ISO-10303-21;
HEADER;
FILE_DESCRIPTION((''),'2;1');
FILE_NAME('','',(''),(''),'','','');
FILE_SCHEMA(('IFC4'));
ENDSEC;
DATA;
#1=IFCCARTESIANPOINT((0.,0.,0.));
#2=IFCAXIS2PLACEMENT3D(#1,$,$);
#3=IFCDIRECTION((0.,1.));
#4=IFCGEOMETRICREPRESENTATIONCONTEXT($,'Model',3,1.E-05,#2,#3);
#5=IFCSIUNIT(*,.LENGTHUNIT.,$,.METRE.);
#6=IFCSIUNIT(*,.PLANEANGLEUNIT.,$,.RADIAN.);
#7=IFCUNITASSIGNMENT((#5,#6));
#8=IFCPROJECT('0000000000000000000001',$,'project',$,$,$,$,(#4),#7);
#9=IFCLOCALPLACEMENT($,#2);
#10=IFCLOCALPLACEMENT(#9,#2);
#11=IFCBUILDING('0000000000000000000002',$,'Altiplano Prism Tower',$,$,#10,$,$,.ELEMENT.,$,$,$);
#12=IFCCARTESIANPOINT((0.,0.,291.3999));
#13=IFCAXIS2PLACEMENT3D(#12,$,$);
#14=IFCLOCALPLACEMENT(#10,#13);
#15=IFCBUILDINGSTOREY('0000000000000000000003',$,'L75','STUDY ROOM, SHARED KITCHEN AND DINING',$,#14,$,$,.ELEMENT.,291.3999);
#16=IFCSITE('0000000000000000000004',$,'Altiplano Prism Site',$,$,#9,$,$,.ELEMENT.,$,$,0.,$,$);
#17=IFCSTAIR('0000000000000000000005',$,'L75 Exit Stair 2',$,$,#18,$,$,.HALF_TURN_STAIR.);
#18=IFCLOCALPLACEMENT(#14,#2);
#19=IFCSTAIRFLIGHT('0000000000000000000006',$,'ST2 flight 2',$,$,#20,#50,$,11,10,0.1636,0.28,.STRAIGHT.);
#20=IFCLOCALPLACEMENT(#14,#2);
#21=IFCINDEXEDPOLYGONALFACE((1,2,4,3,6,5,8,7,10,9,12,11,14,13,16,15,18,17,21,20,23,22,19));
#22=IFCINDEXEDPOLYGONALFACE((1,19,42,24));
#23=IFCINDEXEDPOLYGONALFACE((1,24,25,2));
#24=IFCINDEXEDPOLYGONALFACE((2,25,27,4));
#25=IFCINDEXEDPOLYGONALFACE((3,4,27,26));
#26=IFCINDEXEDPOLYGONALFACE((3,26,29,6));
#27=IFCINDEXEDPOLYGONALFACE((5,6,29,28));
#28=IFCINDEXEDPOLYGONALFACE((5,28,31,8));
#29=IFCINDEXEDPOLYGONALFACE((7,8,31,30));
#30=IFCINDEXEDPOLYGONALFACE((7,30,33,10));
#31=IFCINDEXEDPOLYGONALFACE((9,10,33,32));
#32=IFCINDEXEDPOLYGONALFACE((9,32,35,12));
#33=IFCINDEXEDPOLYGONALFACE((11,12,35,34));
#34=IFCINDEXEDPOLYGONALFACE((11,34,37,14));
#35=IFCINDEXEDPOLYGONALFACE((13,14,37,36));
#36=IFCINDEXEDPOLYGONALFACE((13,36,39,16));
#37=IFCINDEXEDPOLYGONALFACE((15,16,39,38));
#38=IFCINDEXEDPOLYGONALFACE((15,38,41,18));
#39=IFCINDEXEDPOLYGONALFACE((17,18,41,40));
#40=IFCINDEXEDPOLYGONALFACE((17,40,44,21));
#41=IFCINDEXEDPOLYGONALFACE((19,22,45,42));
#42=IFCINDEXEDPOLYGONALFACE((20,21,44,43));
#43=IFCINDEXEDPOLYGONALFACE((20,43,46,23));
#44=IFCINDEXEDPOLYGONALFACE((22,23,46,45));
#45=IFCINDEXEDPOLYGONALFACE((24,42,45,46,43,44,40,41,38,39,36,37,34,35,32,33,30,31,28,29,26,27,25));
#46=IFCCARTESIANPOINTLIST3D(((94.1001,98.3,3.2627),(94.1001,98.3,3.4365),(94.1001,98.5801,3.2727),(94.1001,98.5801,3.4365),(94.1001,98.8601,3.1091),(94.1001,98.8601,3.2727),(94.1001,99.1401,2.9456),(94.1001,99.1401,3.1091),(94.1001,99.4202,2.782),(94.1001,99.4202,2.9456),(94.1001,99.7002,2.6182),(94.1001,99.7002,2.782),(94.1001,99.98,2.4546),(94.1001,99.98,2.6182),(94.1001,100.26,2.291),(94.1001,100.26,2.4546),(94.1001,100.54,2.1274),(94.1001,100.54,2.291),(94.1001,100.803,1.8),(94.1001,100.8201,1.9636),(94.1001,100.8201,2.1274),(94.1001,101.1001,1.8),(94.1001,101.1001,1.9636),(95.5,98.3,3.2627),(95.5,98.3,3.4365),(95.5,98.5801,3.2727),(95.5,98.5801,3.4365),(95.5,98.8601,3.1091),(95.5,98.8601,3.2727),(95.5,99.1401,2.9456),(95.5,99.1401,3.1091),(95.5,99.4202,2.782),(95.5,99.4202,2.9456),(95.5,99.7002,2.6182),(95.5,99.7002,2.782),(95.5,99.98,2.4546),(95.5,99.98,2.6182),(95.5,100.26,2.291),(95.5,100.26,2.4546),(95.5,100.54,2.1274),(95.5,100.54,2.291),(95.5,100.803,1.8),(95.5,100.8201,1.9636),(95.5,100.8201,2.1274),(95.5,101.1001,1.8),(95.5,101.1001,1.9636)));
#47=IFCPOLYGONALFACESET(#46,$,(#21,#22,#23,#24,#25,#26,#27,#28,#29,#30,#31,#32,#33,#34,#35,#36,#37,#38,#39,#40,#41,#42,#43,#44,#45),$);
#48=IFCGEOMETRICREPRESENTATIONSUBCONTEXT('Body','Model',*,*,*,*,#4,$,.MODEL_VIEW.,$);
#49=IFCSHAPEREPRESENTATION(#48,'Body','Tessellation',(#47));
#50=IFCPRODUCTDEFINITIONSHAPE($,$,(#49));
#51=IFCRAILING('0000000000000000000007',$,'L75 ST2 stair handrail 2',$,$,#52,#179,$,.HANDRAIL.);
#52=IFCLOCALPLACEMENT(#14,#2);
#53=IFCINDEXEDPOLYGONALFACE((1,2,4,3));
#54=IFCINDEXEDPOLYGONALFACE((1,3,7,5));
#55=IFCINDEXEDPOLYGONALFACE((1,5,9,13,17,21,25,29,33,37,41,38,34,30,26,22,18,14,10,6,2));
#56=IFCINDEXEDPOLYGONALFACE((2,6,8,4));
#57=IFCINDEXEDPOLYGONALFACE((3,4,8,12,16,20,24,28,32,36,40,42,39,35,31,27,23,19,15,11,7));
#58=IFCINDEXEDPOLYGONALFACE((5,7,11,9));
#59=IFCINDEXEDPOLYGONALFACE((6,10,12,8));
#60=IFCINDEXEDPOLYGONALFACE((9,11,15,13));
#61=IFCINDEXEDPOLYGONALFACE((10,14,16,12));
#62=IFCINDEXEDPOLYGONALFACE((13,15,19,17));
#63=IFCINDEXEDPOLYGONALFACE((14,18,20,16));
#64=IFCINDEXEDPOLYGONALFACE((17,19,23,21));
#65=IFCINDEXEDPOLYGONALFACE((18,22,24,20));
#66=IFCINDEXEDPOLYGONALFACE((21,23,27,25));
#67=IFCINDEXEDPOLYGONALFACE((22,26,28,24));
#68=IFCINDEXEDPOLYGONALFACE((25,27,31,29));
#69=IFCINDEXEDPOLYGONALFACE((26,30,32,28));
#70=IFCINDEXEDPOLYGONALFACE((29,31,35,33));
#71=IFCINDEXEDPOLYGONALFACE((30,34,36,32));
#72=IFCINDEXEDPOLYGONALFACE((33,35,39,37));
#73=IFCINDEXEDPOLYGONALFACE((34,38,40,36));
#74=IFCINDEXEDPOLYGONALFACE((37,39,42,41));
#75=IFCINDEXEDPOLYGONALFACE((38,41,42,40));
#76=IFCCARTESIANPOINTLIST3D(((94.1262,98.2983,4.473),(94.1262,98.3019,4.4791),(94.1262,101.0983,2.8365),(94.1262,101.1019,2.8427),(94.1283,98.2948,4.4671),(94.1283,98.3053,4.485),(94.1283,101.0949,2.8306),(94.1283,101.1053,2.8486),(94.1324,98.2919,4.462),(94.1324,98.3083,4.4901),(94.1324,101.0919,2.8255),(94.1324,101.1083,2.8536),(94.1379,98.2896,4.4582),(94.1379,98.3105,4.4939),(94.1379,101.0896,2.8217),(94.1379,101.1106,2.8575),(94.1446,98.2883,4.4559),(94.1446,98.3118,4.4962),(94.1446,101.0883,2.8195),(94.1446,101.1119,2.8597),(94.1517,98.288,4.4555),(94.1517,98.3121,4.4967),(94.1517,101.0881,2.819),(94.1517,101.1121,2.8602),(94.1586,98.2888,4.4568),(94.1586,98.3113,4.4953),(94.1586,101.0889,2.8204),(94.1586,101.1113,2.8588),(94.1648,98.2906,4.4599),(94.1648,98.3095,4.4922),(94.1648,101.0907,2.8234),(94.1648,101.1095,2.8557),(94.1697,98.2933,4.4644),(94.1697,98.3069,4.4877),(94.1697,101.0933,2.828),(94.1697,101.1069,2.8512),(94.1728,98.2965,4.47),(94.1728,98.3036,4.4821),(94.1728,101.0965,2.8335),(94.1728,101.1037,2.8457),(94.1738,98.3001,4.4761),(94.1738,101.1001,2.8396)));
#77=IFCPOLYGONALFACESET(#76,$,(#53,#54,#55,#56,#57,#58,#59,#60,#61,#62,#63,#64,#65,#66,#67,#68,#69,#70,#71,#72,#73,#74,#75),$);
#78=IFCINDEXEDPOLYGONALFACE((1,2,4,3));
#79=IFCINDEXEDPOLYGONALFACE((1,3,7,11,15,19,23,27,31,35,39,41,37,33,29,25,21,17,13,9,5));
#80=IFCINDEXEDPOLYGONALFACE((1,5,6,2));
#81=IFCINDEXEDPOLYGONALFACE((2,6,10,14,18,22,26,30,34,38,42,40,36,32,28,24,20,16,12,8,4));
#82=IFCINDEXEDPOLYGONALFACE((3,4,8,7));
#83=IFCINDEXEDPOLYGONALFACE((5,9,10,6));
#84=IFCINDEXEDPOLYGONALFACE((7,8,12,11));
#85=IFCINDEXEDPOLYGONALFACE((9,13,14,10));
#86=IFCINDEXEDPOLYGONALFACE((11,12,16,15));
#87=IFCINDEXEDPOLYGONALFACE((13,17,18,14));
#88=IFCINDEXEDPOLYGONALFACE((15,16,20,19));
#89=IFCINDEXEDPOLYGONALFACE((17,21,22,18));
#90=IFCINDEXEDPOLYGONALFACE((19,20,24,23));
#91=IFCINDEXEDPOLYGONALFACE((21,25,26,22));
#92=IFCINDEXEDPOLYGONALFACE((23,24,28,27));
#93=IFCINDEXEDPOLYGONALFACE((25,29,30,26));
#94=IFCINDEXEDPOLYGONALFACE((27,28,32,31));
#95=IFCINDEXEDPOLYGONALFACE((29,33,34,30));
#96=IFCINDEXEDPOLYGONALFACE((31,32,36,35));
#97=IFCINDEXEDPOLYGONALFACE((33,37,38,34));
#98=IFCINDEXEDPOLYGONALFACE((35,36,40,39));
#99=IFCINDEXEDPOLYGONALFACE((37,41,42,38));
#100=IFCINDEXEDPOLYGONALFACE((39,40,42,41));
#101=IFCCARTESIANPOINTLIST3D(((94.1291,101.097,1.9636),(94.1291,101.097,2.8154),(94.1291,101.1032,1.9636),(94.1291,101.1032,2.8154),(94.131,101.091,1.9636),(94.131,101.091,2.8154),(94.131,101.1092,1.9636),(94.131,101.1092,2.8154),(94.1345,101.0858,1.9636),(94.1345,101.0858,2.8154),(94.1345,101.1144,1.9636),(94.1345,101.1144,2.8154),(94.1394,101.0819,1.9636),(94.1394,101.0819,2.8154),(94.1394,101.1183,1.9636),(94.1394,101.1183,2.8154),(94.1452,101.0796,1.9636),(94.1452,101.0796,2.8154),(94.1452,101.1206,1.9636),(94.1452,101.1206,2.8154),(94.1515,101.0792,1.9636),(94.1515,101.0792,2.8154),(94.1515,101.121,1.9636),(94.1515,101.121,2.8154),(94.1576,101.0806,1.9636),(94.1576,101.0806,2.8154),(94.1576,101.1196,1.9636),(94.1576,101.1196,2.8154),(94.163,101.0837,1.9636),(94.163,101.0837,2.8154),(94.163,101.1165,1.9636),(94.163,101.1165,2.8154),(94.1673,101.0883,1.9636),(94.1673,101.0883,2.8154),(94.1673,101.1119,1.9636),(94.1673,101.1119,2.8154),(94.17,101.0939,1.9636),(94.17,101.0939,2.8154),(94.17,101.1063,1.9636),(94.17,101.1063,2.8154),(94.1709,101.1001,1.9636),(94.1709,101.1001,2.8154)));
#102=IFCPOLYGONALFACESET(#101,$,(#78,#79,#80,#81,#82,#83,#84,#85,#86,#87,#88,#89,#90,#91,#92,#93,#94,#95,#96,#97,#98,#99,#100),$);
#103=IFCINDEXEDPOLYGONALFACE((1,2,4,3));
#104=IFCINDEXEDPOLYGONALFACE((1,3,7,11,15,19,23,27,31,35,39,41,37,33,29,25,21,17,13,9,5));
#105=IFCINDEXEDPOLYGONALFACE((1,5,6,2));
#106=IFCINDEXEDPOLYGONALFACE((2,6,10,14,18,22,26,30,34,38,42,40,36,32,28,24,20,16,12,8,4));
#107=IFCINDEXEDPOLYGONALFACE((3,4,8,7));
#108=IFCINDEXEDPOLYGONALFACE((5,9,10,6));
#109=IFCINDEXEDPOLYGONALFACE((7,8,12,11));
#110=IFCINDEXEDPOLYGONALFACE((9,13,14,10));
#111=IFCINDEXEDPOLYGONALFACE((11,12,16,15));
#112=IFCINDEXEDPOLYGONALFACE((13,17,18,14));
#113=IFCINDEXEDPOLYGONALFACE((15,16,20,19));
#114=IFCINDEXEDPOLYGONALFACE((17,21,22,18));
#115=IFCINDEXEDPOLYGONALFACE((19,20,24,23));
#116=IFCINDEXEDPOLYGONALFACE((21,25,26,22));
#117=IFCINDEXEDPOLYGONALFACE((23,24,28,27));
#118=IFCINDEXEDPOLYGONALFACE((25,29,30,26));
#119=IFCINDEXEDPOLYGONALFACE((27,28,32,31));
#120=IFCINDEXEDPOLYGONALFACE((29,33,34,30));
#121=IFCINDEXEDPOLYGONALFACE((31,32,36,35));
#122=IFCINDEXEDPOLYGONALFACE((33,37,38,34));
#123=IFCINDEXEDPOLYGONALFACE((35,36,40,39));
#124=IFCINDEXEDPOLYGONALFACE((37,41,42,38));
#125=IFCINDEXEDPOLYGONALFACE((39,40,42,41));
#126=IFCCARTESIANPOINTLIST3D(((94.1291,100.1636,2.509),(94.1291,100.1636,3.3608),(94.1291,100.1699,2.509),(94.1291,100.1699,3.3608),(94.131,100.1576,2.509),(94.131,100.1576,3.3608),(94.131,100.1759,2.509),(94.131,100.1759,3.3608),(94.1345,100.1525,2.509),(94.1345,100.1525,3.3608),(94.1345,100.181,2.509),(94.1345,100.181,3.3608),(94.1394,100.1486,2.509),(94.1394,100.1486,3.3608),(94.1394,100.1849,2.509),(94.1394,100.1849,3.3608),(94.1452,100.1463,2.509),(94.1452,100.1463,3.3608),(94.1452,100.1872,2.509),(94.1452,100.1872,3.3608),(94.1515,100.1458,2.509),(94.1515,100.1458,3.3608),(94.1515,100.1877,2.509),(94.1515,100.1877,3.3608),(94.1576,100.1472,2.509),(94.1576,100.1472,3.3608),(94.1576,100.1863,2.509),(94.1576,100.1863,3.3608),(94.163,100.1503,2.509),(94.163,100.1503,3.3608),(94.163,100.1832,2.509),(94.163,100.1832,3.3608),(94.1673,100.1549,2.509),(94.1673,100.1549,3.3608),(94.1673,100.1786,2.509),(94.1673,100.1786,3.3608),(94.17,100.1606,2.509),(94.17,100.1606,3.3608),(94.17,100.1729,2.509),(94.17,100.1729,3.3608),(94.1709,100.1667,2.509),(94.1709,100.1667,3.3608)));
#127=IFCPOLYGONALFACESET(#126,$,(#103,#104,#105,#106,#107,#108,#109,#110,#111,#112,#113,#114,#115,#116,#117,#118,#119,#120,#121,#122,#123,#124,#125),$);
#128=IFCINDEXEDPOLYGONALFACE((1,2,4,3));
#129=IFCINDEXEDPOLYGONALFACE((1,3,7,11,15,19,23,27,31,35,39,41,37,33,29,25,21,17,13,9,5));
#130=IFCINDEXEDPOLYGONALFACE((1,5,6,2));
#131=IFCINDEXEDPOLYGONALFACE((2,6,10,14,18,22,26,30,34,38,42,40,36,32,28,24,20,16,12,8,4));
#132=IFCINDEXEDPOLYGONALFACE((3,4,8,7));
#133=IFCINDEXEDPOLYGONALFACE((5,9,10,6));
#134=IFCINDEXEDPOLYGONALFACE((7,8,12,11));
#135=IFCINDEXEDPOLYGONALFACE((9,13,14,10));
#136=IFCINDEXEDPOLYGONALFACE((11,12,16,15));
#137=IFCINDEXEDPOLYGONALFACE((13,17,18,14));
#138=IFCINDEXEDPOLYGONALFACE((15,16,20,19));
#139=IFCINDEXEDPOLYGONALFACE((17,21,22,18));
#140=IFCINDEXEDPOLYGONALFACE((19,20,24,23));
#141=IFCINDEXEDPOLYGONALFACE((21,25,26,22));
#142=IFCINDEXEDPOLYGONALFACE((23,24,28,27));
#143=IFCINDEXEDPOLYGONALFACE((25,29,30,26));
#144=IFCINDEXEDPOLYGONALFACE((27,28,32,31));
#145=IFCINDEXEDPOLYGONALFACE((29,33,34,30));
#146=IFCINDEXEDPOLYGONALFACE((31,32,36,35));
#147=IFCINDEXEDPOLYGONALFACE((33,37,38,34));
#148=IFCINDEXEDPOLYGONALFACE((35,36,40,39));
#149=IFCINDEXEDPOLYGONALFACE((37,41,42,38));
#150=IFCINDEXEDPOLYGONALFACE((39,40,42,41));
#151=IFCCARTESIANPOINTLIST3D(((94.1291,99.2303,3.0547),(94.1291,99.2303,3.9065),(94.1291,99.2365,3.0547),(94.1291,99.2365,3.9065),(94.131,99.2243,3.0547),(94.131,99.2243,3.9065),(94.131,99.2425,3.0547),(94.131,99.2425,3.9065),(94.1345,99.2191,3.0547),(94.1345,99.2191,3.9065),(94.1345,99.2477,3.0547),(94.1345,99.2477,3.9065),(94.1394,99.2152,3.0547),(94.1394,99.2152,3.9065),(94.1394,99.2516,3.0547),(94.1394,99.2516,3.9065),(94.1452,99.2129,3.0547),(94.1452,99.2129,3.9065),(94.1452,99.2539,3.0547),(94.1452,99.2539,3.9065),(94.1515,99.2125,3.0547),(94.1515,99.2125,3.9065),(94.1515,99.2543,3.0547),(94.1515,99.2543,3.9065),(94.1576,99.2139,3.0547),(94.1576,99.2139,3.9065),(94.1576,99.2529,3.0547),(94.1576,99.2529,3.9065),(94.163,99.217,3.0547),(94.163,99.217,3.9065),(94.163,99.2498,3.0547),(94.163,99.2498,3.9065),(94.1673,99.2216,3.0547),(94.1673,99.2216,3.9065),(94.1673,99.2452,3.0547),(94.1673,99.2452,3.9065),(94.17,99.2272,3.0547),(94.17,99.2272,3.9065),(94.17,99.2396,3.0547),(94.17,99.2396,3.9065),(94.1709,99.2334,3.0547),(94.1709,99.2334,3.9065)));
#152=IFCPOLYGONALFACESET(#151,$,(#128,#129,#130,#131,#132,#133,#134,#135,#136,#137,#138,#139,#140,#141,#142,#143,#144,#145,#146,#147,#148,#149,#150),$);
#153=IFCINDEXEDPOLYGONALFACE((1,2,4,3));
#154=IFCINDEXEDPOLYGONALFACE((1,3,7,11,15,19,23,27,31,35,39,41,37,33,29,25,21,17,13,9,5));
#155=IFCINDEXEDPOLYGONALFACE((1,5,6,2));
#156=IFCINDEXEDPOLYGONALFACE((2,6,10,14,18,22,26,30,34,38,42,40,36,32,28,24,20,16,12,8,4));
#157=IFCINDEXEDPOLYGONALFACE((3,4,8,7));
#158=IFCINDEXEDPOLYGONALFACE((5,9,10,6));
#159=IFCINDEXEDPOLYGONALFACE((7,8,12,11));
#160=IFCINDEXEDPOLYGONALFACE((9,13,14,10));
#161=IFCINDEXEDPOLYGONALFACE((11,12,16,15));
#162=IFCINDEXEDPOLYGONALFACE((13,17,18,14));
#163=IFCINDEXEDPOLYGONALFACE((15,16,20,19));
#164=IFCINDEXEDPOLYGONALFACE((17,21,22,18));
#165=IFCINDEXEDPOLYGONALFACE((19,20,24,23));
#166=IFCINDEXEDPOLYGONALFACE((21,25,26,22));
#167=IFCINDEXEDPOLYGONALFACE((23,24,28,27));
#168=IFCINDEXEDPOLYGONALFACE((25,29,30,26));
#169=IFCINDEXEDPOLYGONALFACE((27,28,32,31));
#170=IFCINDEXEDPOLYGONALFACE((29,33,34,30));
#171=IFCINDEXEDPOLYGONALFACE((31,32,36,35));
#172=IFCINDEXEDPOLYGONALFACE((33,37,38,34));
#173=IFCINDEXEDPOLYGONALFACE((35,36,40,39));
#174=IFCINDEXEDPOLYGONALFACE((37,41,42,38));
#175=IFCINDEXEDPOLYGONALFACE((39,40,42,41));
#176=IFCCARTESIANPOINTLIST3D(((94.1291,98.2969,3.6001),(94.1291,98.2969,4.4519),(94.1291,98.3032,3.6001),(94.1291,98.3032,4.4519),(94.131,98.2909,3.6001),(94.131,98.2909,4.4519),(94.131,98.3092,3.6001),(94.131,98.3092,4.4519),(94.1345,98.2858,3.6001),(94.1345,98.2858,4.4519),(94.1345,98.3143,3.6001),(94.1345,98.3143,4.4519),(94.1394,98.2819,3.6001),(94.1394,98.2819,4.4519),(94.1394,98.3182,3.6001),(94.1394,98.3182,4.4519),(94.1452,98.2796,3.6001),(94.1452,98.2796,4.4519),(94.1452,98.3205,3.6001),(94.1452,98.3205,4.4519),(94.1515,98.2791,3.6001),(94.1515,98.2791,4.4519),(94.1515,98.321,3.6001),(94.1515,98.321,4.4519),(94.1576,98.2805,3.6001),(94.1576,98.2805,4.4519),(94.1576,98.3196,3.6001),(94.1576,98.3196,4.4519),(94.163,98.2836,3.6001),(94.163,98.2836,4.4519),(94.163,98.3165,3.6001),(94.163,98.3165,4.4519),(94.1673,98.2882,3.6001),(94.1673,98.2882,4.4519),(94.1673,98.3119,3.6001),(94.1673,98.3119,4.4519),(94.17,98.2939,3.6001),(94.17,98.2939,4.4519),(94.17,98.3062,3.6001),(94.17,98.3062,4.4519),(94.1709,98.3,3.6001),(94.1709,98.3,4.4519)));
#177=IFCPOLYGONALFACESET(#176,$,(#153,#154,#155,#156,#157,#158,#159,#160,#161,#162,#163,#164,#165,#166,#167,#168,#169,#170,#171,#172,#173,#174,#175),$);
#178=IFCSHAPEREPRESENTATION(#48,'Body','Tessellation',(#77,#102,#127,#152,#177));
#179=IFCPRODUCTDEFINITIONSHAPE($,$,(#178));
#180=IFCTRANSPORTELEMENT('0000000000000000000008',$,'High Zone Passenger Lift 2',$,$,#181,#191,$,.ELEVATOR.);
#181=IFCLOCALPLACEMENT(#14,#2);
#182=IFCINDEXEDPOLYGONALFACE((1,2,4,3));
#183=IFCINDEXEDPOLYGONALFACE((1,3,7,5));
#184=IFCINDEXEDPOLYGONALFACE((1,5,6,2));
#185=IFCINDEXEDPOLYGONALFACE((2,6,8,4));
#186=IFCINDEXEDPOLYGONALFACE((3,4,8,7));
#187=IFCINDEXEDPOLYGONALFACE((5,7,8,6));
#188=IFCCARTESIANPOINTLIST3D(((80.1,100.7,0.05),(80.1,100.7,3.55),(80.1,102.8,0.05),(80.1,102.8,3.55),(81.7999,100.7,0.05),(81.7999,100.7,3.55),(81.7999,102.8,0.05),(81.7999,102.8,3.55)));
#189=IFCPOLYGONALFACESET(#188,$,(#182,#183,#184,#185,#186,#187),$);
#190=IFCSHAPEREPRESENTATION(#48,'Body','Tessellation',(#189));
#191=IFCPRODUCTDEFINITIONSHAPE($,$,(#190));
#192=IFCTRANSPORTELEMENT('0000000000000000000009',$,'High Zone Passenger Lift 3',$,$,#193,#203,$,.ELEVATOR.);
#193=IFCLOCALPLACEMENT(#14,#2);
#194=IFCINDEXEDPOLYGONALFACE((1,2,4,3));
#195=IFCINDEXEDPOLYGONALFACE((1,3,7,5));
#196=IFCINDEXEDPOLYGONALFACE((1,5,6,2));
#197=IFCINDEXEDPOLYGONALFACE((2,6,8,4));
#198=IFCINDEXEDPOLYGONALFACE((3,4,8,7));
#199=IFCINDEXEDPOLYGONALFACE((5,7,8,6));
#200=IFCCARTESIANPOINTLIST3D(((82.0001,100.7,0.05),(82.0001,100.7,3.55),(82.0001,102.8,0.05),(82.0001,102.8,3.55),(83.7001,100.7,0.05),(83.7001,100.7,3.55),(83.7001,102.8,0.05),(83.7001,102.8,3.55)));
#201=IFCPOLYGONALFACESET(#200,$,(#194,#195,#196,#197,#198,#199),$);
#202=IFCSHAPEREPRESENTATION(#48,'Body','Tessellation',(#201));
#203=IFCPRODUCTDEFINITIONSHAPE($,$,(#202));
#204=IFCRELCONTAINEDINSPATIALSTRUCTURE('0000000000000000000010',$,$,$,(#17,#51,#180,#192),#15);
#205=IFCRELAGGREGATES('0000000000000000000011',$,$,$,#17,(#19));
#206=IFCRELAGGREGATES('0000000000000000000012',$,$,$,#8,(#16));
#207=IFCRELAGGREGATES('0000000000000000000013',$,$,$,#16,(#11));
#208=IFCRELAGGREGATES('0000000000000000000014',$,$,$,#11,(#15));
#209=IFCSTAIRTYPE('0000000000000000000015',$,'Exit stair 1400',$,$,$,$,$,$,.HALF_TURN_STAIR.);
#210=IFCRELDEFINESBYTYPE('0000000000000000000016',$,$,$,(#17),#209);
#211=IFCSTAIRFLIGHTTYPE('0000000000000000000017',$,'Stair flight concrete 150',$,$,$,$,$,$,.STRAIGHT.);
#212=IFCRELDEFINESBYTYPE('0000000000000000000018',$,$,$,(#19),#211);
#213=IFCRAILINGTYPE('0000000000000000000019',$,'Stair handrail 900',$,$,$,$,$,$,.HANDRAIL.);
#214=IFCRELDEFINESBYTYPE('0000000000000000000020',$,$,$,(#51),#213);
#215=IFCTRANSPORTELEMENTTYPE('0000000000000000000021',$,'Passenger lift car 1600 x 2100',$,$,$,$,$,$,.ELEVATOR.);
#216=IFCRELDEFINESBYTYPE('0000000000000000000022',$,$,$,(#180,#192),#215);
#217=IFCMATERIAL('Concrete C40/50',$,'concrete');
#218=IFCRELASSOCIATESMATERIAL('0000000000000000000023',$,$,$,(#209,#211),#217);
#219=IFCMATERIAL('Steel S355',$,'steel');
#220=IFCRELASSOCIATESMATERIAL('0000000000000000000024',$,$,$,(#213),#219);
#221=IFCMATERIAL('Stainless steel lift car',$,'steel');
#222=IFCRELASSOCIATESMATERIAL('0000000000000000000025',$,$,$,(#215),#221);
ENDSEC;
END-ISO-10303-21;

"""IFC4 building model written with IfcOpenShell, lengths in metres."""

from ifc_helpers import new_model, si_unit, direction, frame, origin, origin_2d, place, context, subcontext, project, spatial, polyline, rectangle, circle, outline, extrude, material, type_object, element, aggregate, save


model = new_model("IFC4")

# Units and contexts
model_context = context("Model", 3, precision=1e-05, world=origin(), true_north=direction((0.0, 1.0)))
body_context = subcontext(model_context, "Body", "Model", "MODEL_VIEW")
ifc_project = project(units=[si_unit("LENGTHUNIT", "METRE"), si_unit("PLANEANGLEUNIT", "RADIAN")], contexts=[model_context])

# Site, building, storey
site_placement = place(None, origin())
site = spatial("IfcSite", under=ifc_project, at=site_placement, Name="Altiplano Prism Site", CompositionType="ELEMENT", RefElevation=0.0)
building_placement = place(site_placement, origin())
building = spatial("IfcBuilding", under=site, at=building_placement, Name="Altiplano Prism Tower", CompositionType="ELEMENT")
storey_placement = place(building_placement, frame((0.0, 0.0, 291.3999)))
storey = spatial("IfcBuildingStorey", under=building, at=storey_placement, Name="L75", Description="STUDY ROOM, SHARED KITCHEN AND DINING", CompositionType="ELEMENT", Elevation=291.3999)

# Shared definitions
ifc_material_1 = material(Name="Steel S355", Category="steel")

# Stair, stair flight
ifc_material_2 = material(Name="Concrete C40/50", Category="concrete")
stair_type = type_object("IfcStairType", Name="Exit stair 1400", PredefinedType="HALF_TURN_STAIR", material=ifc_material_2)
stair_placement = place(storey_placement, origin())
stair = element("IfcStair", 1, at=stair_placement, inside=storey, type_object=stair_type, Name="L75 Exit Stair 2", PredefinedType="HALF_TURN_STAIR")
stair_flight_type = type_object("IfcStairFlightType", Name="Stair flight concrete 150", PredefinedType="STRAIGHT", material=ifc_material_2)
stair_flight_1_placement = place(storey_placement, frame((94.8, 101.1001, 1.8), z_axis=(0.0, 0.0, 1.0), x_axis=(0.0, -1.0, 0.0)))
stair_flight_1 = element("IfcStairFlight", 2, at=stair_flight_1_placement, type_object=stair_flight_type, Name="ST2 flight 2", NumberOfRisers=11, NumberOfTreads=10, PredefinedType="STRAIGHT", RiserHeight=0.1636, TreadLength=0.28, context=body_context, shape_type="SweptSolid", body=[
    extrude(outline(polyline([(0.0, 0.0), (0.0, 0.1636), (0.28, 0.1636), (0.28, 0.3274), (0.5601, 0.3274), (0.5601, 0.491), (0.8401, 0.491), (0.8401, 0.6545), (1.1201, 0.6545), (1.1201, 0.8181), (1.3999, 0.8181), (1.3999, 0.9819), (1.6799, 0.9819), (1.6799, 1.1455), (1.96, 1.1455), (1.96, 1.3091), (2.24, 1.3091), (2.24, 1.4727), (2.52, 1.4727), (2.52, 1.6365), (2.8, 1.6365), (2.8, 1.8), (2.8, 1.4626), (0.2971, 0.0), (0.0, 0.0)])), frame((0.0, 0.7, 0.0), z_axis=(0.0, -1.0, 0.0), x_axis=(1.0, 0.0, 0.0)), (0.0, 0.0, 1.0), 1.3999),
])
aggregate(stair, [stair_flight_1])

# Railing
railing_type_1 = type_object("IfcRailingType", Name="Stair handrail 900", PredefinedType="HANDRAIL", material=ifc_material_1)
railing_1_placement = place(storey_placement, frame((94.1499, 101.1001, 1.9636)))
element("IfcRailing", 3, at=railing_1_placement, inside=storey, type_object=railing_type_1, Name="L75 ST2 stair handrail 2", PredefinedType="HANDRAIL", context=body_context, shape_type="SweptSolid", body=[
    extrude(circle(Radius=0.0239, at=origin_2d()), frame((0.0, 0.0, 0.876), z_axis=(0.0, -0.863361, 0.504587), x_axis=(1.0, 0.0, 0.0)), (0.0, 0.0, 1.0), 3.2432),
    extrude(circle(Radius=0.021, at=origin_2d()), origin(), (0.0, 0.0, 1.0), 0.8518),
    extrude(circle(Radius=0.021, at=origin_2d()), frame((0.0, -0.9333, 0.5454)), (0.0, 0.0, 1.0), 0.8518),
    extrude(circle(Radius=0.021, at=origin_2d()), frame((0.0, -1.8667, 1.0911)), (0.0, 0.0, 1.0), 0.8518),
    extrude(circle(Radius=0.021, at=origin_2d()), frame((0.0, -2.8, 1.6365)), (0.0, 0.0, 1.0), 0.8518),
])

# Transport elements
ifc_material_3 = material(Name="Stainless steel lift car", Category="steel")
transport_element_type = type_object("IfcTransportElementType", Name="Passenger lift car 1600 x 2100", PredefinedType="ELEVATOR", material=ifc_material_3)
for number, where, z_axis, x_axis, name in (
    (4, (80.95, 101.75, 0.05), (0.0, 0.0, 1.0), (1.0, 0.0, 0.0), "High Zone Passenger Lift 2"),
    (5, (82.8501, 101.75, 0.05), (0.0, 0.0, 1.0), (1.0, 0.0, 0.0), "High Zone Passenger Lift 3"),
):
    element("IfcTransportElement", number, at=place(storey_placement, frame(where, z_axis=z_axis, x_axis=x_axis)), inside=storey, type_object=transport_element_type, Name=name, PredefinedType="ELEVATOR", context=body_context, shape_type="SweptSolid", body=[
        extrude(rectangle(XDim=1.7, YDim=2.1001, at=origin_2d()), origin(), (0.0, 0.0, 1.0), 3.5),
    ])

save(model, "model.ifc")
